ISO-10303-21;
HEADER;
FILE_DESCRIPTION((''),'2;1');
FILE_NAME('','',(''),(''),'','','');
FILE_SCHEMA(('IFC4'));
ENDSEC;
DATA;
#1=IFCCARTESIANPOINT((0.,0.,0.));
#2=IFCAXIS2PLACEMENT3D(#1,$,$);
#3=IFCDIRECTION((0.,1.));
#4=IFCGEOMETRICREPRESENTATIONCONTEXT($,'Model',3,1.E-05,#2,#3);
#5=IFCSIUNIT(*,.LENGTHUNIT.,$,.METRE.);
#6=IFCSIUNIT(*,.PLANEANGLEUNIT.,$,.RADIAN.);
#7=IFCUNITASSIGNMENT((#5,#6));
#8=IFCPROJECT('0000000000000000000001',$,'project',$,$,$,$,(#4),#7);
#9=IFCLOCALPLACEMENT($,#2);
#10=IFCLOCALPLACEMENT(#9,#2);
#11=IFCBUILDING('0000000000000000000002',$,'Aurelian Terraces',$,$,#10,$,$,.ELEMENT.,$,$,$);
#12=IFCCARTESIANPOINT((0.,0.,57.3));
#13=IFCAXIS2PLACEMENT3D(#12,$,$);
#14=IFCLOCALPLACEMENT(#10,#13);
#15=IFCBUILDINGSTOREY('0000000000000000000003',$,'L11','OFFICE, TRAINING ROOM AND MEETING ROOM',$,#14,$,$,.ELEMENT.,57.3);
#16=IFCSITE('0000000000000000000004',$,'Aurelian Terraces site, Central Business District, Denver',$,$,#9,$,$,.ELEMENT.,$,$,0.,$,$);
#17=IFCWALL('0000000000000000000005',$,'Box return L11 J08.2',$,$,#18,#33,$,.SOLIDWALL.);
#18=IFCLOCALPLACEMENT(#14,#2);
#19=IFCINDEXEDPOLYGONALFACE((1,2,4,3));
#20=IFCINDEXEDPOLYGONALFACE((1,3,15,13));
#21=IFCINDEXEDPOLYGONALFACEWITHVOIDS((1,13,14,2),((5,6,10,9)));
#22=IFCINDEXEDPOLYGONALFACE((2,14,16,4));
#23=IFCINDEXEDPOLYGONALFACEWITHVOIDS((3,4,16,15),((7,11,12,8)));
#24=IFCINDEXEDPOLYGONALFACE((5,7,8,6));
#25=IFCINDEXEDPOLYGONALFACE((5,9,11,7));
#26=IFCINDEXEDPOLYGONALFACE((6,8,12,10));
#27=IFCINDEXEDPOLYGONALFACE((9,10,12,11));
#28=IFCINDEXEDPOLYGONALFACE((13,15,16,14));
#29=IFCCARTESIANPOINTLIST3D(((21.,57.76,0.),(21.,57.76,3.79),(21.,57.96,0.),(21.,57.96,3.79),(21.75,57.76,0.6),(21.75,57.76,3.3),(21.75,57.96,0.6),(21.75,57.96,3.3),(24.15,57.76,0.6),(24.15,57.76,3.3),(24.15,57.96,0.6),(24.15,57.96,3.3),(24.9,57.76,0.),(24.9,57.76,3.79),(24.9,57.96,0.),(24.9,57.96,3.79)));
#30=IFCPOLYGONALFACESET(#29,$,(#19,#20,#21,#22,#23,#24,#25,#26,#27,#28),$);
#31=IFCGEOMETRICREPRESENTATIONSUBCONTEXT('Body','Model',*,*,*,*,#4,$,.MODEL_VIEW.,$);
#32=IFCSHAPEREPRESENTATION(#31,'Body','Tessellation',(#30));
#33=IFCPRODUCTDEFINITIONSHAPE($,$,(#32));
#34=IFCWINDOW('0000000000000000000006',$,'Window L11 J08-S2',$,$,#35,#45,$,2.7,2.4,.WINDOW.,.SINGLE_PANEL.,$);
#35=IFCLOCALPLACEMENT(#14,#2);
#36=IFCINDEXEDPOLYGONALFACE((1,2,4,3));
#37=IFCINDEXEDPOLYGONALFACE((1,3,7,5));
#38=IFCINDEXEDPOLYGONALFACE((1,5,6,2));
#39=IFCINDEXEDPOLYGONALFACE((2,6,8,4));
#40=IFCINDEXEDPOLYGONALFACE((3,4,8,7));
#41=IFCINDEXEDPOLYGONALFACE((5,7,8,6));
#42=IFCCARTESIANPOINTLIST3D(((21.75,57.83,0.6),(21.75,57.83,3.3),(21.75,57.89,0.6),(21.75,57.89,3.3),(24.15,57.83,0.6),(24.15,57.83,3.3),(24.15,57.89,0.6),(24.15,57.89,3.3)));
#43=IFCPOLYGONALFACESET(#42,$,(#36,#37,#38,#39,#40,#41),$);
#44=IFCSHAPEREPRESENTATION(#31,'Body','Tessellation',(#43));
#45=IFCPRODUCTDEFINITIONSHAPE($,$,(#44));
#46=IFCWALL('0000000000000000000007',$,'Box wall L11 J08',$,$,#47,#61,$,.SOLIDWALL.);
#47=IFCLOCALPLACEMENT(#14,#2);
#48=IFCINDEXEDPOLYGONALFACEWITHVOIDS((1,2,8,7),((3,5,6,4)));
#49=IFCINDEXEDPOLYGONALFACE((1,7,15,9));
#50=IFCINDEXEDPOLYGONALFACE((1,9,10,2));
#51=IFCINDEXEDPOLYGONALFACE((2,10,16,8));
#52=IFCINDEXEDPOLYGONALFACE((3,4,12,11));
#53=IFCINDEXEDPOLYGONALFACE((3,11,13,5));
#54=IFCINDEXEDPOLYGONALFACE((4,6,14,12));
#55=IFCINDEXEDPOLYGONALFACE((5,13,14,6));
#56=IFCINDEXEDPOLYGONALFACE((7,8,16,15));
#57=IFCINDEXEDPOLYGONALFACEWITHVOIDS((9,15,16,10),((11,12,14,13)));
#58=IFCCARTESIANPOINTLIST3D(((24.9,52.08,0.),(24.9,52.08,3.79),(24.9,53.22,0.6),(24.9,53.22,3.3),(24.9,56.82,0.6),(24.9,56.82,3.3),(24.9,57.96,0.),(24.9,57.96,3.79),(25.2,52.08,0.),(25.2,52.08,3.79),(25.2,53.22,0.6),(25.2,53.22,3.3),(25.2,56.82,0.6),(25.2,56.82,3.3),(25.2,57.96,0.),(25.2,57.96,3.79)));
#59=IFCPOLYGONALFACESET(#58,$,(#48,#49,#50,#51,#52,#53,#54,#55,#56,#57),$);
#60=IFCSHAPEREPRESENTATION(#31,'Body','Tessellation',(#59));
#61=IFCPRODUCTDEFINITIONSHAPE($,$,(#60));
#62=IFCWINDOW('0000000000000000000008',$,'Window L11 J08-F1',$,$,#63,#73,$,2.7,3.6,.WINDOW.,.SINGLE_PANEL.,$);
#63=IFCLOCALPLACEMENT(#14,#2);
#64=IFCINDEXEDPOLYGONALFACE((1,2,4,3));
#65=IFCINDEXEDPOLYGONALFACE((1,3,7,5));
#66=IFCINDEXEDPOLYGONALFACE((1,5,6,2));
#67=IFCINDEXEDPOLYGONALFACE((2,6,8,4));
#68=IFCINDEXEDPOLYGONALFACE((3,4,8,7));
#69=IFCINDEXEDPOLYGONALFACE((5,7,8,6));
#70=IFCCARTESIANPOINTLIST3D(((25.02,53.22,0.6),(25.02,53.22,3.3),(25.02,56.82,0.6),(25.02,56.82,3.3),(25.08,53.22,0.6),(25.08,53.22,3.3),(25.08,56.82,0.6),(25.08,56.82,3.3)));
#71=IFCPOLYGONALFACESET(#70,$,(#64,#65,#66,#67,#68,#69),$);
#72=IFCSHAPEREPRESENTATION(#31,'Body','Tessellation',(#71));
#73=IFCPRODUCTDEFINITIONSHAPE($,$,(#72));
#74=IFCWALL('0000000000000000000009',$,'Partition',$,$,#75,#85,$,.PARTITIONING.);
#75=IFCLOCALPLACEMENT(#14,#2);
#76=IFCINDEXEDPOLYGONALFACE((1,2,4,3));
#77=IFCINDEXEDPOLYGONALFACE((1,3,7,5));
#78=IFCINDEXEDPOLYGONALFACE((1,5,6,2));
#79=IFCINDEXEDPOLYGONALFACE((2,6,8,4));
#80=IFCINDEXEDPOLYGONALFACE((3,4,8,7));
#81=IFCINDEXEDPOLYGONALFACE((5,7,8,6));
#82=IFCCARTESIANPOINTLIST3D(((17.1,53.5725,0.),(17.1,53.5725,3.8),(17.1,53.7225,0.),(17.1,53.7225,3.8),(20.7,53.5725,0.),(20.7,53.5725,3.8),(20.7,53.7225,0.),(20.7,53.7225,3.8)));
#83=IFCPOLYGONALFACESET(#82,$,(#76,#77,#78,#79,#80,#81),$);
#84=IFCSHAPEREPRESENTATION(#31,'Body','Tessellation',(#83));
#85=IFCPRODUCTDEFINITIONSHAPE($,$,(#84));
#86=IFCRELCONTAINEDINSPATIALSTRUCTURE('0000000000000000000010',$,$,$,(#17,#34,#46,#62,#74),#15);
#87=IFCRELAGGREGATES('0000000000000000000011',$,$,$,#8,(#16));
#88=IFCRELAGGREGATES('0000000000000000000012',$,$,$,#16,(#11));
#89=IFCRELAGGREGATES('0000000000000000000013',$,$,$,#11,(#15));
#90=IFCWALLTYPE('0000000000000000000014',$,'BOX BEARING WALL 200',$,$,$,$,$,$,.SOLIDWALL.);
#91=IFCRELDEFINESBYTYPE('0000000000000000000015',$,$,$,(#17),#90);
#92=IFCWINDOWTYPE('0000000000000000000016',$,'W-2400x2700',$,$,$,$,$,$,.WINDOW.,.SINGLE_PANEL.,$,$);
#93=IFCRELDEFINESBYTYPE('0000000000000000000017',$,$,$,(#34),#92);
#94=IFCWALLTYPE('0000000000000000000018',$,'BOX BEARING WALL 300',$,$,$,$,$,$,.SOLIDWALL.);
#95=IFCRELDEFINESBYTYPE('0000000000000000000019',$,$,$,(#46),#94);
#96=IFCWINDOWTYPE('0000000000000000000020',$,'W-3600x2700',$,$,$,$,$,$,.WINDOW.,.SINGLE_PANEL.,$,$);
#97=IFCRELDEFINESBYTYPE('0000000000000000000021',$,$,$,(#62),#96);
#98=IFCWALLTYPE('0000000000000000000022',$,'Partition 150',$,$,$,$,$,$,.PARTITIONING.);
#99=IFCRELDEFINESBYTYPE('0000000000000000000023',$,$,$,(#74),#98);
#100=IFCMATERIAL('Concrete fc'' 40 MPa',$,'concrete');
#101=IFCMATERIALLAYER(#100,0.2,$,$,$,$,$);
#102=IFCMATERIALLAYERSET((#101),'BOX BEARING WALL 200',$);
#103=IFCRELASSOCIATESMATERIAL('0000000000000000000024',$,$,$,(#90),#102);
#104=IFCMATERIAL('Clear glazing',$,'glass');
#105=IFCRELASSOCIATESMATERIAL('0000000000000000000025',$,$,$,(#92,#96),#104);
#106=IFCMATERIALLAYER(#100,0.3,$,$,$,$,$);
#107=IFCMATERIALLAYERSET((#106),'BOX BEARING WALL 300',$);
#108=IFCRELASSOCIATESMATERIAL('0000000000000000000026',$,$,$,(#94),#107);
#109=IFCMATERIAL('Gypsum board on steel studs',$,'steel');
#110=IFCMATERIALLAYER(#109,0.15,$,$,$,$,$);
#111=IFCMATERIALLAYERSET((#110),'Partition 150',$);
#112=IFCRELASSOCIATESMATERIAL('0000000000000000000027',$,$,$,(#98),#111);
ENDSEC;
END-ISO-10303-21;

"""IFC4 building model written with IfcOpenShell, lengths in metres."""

from ifc_helpers import new_model, si_unit, direction, frame, frame_2d, origin, place, context, subcontext, project, spatial, rectangle, extrude, source, transform, mapped, material, layer, layer_set, type_object, element, fill, save


model = new_model("IFC4")

# Units and contexts
model_context = context("Model", 3, precision=1e-05, world=origin(), true_north=direction((0.0, 1.0)))
body_context = subcontext(model_context, "Body", "Model", "MODEL_VIEW")
ifc_project = project(units=[si_unit("LENGTHUNIT", "METRE"), si_unit("PLANEANGLEUNIT", "RADIAN")], contexts=[model_context])

# Site, building, storey
site_placement = place(None, origin())
site = spatial("IfcSite", under=ifc_project, at=site_placement, Name="Aurelian Terraces site, Central Business District, Denver", CompositionType="ELEMENT", RefElevation=0.0)
building_placement = place(site_placement, origin())
building = spatial("IfcBuilding", under=site, at=building_placement, Name="Aurelian Terraces", CompositionType="ELEMENT")
storey_placement = place(building_placement, frame((0.0, 0.0, 57.3)))
storey = spatial("IfcBuildingStorey", under=building, at=storey_placement, Name="L11", Description="OFFICE, TRAINING ROOM AND MEETING ROOM", CompositionType="ELEMENT", Elevation=57.3)

# Walls, openings, windows
ifc_material_1 = material(Name="Clear glazing", Category="glass")
ifc_material_2 = material(Name="Concrete fc' 40 MPa", Category="concrete")
ifc_layer_1 = layer(ifc_material_2, 0.2)
ifc_layer_set_1 = layer_set([ifc_layer_1], Name="BOX BEARING WALL 200")
wall_type_1 = type_object("IfcWallType", Name="BOX BEARING WALL 200", PredefinedType="SOLIDWALL", material=ifc_layer_set_1)
shared_shape_1 = source(origin(), body_context, "Body", "SweptSolid", [
    extrude(rectangle(XDim=3.9, YDim=0.2, at=frame_2d((1.95, 0.0))), origin(), (0.0, 0.0, 1.0), 3.79),
])
shared_shape_2 = source(origin(), body_context, "Body", "SweptSolid", [
    extrude(rectangle(XDim=2.4, YDim=2.7, at=frame_2d((1.2, 1.35))), frame((0.0, 0.11, 0.0), z_axis=(0.0, -1.0, 0.0), x_axis=(1.0, 0.0, 0.0)), (0.0, 0.0, 1.0), 0.22),
])
window_type_1 = type_object("IfcWindowType", Name="W-2400x2700", PartitioningType="SINGLE_PANEL", PredefinedType="WINDOW", material=ifc_material_1)
shared_shape_3 = source(origin(), body_context, "Body", "SweptSolid", [
    extrude(rectangle(XDim=2.4, YDim=2.7, at=frame_2d((1.2, 1.35))), frame((0.0, 0.03, 0.0), z_axis=(0.0, -1.0, 0.0), x_axis=(1.0, 0.0, 0.0)), (0.0, 0.0, 1.0), 0.06),
])
wall_1_placement = place(storey_placement, frame((21.0, 57.86, 0.0), z_axis=(0.0, 0.0, 1.0), x_axis=(1.0, 0.0, 0.0)))
wall_1 = element("IfcWall", 1, at=wall_1_placement, inside=storey, type_object=wall_type_1, Name="Box return L11 J08.2", PredefinedType="SOLIDWALL", context=body_context, shape_type="MappedRepresentation", body=[
    mapped(shared_shape_1, transform((0.0, 0.0, 0.0), scale=1.0)),
])
opening_1_placement = place(wall_1_placement, frame((0.75, 0.0, 0.6)))
opening_1 = element("IfcOpeningElement", 2, at=opening_1_placement, cuts=wall_1, PredefinedType="OPENING", context=body_context, shape_type="MappedRepresentation", body=[
    mapped(shared_shape_2, transform((0.0, 0.0, 0.0), scale=1.0)),
])
window_1_placement = place(opening_1_placement, origin())
window_1 = element("IfcWindow", 3, at=window_1_placement, inside=storey, type_object=window_type_1, Name="Window L11 J08-S2", OverallHeight=2.7, OverallWidth=2.4, PartitioningType="SINGLE_PANEL", PredefinedType="WINDOW", context=body_context, shape_type="MappedRepresentation", body=[
    mapped(shared_shape_3, transform((0.0, 0.0, 0.0), scale=1.0)),
])
fill(opening_1, window_1)
ifc_layer_2 = layer(ifc_material_2, 0.3)
ifc_layer_set_2 = layer_set([ifc_layer_2], Name="BOX BEARING WALL 300")
wall_type_2 = type_object("IfcWallType", Name="BOX BEARING WALL 300", PredefinedType="SOLIDWALL", material=ifc_layer_set_2)
shared_shape_4 = source(origin(), body_context, "Body", "SweptSolid", [
    extrude(rectangle(XDim=5.88, YDim=0.3, at=frame_2d((2.94, 0.0))), origin(), (0.0, 0.0, 1.0), 3.79),
])
wall_2_placement = place(storey_placement, frame((25.05, 52.08, 0.0), z_axis=(0.0, 0.0, 1.0), x_axis=(0.0, 1.0, 0.0)))
wall_2 = element("IfcWall", 4, at=wall_2_placement, inside=storey, type_object=wall_type_2, Name="Box wall L11 J08", PredefinedType="SOLIDWALL", context=body_context, shape_type="MappedRepresentation", body=[
    mapped(shared_shape_4, transform((0.0, 0.0, 0.0), scale=1.0)),
])
shared_shape_5 = source(origin(), body_context, "Body", "SweptSolid", [
    extrude(rectangle(XDim=3.6, YDim=2.7, at=frame_2d((1.8, 1.35))), frame((0.0, 0.16, 0.0), z_axis=(0.0, -1.0, 0.0), x_axis=(1.0, 0.0, 0.0)), (0.0, 0.0, 1.0), 0.32),
])
opening_2_placement = place(wall_2_placement, frame((1.14, 0.0, 0.6)))
opening_2 = element("IfcOpeningElement", 5, at=opening_2_placement, cuts=wall_2, PredefinedType="OPENING", context=body_context, shape_type="MappedRepresentation", body=[
    mapped(shared_shape_5, transform((0.0, 0.0, 0.0), scale=1.0)),
])
window_type_2 = type_object("IfcWindowType", Name="W-3600x2700", PartitioningType="SINGLE_PANEL", PredefinedType="WINDOW", material=ifc_material_1)
shared_shape_6 = source(origin(), body_context, "Body", "SweptSolid", [
    extrude(rectangle(XDim=3.6, YDim=2.7, at=frame_2d((1.8, 1.35))), frame((0.0, 0.03, 0.0), z_axis=(0.0, -1.0, 0.0), x_axis=(1.0, 0.0, 0.0)), (0.0, 0.0, 1.0), 0.06),
])
window_2_placement = place(opening_2_placement, origin())
window_2 = element("IfcWindow", 6, at=window_2_placement, inside=storey, type_object=window_type_2, Name="Window L11 J08-F1", OverallHeight=2.7, OverallWidth=3.6, PartitioningType="SINGLE_PANEL", PredefinedType="WINDOW", context=body_context, shape_type="MappedRepresentation", body=[
    mapped(shared_shape_6, transform((0.0, 0.0, 0.0), scale=1.0)),
])
fill(opening_2, window_2)

# Wall
ifc_material_3 = material(Name="Gypsum board on steel studs", Category="steel")
ifc_layer_3 = layer(ifc_material_3, 0.15)
ifc_layer_set_3 = layer_set([ifc_layer_3], Name="Partition 150")
wall_type_3 = type_object("IfcWallType", Name="Partition 150", PredefinedType="PARTITIONING", material=ifc_layer_set_3)
shared_shape_7 = source(origin(), body_context, "Body", "SweptSolid", [
    extrude(rectangle(XDim=3.6, YDim=0.15, at=frame_2d((1.8, 0.0))), origin(), (0.0, 0.0, 1.0), 3.8),
])
wall_3_placement = place(storey_placement, frame((17.1, 53.6475, 0.0), z_axis=(0.0, 0.0, 1.0), x_axis=(1.0, 0.0, 0.0)))
element("IfcWall", 7, at=wall_3_placement, inside=storey, type_object=wall_type_3, Name="Partition", PredefinedType="PARTITIONING", context=body_context, shape_type="MappedRepresentation", body=[
    mapped(shared_shape_7, transform((0.0, 0.0, 0.0), scale=1.0)),
])

save(model, "model.ifc")
